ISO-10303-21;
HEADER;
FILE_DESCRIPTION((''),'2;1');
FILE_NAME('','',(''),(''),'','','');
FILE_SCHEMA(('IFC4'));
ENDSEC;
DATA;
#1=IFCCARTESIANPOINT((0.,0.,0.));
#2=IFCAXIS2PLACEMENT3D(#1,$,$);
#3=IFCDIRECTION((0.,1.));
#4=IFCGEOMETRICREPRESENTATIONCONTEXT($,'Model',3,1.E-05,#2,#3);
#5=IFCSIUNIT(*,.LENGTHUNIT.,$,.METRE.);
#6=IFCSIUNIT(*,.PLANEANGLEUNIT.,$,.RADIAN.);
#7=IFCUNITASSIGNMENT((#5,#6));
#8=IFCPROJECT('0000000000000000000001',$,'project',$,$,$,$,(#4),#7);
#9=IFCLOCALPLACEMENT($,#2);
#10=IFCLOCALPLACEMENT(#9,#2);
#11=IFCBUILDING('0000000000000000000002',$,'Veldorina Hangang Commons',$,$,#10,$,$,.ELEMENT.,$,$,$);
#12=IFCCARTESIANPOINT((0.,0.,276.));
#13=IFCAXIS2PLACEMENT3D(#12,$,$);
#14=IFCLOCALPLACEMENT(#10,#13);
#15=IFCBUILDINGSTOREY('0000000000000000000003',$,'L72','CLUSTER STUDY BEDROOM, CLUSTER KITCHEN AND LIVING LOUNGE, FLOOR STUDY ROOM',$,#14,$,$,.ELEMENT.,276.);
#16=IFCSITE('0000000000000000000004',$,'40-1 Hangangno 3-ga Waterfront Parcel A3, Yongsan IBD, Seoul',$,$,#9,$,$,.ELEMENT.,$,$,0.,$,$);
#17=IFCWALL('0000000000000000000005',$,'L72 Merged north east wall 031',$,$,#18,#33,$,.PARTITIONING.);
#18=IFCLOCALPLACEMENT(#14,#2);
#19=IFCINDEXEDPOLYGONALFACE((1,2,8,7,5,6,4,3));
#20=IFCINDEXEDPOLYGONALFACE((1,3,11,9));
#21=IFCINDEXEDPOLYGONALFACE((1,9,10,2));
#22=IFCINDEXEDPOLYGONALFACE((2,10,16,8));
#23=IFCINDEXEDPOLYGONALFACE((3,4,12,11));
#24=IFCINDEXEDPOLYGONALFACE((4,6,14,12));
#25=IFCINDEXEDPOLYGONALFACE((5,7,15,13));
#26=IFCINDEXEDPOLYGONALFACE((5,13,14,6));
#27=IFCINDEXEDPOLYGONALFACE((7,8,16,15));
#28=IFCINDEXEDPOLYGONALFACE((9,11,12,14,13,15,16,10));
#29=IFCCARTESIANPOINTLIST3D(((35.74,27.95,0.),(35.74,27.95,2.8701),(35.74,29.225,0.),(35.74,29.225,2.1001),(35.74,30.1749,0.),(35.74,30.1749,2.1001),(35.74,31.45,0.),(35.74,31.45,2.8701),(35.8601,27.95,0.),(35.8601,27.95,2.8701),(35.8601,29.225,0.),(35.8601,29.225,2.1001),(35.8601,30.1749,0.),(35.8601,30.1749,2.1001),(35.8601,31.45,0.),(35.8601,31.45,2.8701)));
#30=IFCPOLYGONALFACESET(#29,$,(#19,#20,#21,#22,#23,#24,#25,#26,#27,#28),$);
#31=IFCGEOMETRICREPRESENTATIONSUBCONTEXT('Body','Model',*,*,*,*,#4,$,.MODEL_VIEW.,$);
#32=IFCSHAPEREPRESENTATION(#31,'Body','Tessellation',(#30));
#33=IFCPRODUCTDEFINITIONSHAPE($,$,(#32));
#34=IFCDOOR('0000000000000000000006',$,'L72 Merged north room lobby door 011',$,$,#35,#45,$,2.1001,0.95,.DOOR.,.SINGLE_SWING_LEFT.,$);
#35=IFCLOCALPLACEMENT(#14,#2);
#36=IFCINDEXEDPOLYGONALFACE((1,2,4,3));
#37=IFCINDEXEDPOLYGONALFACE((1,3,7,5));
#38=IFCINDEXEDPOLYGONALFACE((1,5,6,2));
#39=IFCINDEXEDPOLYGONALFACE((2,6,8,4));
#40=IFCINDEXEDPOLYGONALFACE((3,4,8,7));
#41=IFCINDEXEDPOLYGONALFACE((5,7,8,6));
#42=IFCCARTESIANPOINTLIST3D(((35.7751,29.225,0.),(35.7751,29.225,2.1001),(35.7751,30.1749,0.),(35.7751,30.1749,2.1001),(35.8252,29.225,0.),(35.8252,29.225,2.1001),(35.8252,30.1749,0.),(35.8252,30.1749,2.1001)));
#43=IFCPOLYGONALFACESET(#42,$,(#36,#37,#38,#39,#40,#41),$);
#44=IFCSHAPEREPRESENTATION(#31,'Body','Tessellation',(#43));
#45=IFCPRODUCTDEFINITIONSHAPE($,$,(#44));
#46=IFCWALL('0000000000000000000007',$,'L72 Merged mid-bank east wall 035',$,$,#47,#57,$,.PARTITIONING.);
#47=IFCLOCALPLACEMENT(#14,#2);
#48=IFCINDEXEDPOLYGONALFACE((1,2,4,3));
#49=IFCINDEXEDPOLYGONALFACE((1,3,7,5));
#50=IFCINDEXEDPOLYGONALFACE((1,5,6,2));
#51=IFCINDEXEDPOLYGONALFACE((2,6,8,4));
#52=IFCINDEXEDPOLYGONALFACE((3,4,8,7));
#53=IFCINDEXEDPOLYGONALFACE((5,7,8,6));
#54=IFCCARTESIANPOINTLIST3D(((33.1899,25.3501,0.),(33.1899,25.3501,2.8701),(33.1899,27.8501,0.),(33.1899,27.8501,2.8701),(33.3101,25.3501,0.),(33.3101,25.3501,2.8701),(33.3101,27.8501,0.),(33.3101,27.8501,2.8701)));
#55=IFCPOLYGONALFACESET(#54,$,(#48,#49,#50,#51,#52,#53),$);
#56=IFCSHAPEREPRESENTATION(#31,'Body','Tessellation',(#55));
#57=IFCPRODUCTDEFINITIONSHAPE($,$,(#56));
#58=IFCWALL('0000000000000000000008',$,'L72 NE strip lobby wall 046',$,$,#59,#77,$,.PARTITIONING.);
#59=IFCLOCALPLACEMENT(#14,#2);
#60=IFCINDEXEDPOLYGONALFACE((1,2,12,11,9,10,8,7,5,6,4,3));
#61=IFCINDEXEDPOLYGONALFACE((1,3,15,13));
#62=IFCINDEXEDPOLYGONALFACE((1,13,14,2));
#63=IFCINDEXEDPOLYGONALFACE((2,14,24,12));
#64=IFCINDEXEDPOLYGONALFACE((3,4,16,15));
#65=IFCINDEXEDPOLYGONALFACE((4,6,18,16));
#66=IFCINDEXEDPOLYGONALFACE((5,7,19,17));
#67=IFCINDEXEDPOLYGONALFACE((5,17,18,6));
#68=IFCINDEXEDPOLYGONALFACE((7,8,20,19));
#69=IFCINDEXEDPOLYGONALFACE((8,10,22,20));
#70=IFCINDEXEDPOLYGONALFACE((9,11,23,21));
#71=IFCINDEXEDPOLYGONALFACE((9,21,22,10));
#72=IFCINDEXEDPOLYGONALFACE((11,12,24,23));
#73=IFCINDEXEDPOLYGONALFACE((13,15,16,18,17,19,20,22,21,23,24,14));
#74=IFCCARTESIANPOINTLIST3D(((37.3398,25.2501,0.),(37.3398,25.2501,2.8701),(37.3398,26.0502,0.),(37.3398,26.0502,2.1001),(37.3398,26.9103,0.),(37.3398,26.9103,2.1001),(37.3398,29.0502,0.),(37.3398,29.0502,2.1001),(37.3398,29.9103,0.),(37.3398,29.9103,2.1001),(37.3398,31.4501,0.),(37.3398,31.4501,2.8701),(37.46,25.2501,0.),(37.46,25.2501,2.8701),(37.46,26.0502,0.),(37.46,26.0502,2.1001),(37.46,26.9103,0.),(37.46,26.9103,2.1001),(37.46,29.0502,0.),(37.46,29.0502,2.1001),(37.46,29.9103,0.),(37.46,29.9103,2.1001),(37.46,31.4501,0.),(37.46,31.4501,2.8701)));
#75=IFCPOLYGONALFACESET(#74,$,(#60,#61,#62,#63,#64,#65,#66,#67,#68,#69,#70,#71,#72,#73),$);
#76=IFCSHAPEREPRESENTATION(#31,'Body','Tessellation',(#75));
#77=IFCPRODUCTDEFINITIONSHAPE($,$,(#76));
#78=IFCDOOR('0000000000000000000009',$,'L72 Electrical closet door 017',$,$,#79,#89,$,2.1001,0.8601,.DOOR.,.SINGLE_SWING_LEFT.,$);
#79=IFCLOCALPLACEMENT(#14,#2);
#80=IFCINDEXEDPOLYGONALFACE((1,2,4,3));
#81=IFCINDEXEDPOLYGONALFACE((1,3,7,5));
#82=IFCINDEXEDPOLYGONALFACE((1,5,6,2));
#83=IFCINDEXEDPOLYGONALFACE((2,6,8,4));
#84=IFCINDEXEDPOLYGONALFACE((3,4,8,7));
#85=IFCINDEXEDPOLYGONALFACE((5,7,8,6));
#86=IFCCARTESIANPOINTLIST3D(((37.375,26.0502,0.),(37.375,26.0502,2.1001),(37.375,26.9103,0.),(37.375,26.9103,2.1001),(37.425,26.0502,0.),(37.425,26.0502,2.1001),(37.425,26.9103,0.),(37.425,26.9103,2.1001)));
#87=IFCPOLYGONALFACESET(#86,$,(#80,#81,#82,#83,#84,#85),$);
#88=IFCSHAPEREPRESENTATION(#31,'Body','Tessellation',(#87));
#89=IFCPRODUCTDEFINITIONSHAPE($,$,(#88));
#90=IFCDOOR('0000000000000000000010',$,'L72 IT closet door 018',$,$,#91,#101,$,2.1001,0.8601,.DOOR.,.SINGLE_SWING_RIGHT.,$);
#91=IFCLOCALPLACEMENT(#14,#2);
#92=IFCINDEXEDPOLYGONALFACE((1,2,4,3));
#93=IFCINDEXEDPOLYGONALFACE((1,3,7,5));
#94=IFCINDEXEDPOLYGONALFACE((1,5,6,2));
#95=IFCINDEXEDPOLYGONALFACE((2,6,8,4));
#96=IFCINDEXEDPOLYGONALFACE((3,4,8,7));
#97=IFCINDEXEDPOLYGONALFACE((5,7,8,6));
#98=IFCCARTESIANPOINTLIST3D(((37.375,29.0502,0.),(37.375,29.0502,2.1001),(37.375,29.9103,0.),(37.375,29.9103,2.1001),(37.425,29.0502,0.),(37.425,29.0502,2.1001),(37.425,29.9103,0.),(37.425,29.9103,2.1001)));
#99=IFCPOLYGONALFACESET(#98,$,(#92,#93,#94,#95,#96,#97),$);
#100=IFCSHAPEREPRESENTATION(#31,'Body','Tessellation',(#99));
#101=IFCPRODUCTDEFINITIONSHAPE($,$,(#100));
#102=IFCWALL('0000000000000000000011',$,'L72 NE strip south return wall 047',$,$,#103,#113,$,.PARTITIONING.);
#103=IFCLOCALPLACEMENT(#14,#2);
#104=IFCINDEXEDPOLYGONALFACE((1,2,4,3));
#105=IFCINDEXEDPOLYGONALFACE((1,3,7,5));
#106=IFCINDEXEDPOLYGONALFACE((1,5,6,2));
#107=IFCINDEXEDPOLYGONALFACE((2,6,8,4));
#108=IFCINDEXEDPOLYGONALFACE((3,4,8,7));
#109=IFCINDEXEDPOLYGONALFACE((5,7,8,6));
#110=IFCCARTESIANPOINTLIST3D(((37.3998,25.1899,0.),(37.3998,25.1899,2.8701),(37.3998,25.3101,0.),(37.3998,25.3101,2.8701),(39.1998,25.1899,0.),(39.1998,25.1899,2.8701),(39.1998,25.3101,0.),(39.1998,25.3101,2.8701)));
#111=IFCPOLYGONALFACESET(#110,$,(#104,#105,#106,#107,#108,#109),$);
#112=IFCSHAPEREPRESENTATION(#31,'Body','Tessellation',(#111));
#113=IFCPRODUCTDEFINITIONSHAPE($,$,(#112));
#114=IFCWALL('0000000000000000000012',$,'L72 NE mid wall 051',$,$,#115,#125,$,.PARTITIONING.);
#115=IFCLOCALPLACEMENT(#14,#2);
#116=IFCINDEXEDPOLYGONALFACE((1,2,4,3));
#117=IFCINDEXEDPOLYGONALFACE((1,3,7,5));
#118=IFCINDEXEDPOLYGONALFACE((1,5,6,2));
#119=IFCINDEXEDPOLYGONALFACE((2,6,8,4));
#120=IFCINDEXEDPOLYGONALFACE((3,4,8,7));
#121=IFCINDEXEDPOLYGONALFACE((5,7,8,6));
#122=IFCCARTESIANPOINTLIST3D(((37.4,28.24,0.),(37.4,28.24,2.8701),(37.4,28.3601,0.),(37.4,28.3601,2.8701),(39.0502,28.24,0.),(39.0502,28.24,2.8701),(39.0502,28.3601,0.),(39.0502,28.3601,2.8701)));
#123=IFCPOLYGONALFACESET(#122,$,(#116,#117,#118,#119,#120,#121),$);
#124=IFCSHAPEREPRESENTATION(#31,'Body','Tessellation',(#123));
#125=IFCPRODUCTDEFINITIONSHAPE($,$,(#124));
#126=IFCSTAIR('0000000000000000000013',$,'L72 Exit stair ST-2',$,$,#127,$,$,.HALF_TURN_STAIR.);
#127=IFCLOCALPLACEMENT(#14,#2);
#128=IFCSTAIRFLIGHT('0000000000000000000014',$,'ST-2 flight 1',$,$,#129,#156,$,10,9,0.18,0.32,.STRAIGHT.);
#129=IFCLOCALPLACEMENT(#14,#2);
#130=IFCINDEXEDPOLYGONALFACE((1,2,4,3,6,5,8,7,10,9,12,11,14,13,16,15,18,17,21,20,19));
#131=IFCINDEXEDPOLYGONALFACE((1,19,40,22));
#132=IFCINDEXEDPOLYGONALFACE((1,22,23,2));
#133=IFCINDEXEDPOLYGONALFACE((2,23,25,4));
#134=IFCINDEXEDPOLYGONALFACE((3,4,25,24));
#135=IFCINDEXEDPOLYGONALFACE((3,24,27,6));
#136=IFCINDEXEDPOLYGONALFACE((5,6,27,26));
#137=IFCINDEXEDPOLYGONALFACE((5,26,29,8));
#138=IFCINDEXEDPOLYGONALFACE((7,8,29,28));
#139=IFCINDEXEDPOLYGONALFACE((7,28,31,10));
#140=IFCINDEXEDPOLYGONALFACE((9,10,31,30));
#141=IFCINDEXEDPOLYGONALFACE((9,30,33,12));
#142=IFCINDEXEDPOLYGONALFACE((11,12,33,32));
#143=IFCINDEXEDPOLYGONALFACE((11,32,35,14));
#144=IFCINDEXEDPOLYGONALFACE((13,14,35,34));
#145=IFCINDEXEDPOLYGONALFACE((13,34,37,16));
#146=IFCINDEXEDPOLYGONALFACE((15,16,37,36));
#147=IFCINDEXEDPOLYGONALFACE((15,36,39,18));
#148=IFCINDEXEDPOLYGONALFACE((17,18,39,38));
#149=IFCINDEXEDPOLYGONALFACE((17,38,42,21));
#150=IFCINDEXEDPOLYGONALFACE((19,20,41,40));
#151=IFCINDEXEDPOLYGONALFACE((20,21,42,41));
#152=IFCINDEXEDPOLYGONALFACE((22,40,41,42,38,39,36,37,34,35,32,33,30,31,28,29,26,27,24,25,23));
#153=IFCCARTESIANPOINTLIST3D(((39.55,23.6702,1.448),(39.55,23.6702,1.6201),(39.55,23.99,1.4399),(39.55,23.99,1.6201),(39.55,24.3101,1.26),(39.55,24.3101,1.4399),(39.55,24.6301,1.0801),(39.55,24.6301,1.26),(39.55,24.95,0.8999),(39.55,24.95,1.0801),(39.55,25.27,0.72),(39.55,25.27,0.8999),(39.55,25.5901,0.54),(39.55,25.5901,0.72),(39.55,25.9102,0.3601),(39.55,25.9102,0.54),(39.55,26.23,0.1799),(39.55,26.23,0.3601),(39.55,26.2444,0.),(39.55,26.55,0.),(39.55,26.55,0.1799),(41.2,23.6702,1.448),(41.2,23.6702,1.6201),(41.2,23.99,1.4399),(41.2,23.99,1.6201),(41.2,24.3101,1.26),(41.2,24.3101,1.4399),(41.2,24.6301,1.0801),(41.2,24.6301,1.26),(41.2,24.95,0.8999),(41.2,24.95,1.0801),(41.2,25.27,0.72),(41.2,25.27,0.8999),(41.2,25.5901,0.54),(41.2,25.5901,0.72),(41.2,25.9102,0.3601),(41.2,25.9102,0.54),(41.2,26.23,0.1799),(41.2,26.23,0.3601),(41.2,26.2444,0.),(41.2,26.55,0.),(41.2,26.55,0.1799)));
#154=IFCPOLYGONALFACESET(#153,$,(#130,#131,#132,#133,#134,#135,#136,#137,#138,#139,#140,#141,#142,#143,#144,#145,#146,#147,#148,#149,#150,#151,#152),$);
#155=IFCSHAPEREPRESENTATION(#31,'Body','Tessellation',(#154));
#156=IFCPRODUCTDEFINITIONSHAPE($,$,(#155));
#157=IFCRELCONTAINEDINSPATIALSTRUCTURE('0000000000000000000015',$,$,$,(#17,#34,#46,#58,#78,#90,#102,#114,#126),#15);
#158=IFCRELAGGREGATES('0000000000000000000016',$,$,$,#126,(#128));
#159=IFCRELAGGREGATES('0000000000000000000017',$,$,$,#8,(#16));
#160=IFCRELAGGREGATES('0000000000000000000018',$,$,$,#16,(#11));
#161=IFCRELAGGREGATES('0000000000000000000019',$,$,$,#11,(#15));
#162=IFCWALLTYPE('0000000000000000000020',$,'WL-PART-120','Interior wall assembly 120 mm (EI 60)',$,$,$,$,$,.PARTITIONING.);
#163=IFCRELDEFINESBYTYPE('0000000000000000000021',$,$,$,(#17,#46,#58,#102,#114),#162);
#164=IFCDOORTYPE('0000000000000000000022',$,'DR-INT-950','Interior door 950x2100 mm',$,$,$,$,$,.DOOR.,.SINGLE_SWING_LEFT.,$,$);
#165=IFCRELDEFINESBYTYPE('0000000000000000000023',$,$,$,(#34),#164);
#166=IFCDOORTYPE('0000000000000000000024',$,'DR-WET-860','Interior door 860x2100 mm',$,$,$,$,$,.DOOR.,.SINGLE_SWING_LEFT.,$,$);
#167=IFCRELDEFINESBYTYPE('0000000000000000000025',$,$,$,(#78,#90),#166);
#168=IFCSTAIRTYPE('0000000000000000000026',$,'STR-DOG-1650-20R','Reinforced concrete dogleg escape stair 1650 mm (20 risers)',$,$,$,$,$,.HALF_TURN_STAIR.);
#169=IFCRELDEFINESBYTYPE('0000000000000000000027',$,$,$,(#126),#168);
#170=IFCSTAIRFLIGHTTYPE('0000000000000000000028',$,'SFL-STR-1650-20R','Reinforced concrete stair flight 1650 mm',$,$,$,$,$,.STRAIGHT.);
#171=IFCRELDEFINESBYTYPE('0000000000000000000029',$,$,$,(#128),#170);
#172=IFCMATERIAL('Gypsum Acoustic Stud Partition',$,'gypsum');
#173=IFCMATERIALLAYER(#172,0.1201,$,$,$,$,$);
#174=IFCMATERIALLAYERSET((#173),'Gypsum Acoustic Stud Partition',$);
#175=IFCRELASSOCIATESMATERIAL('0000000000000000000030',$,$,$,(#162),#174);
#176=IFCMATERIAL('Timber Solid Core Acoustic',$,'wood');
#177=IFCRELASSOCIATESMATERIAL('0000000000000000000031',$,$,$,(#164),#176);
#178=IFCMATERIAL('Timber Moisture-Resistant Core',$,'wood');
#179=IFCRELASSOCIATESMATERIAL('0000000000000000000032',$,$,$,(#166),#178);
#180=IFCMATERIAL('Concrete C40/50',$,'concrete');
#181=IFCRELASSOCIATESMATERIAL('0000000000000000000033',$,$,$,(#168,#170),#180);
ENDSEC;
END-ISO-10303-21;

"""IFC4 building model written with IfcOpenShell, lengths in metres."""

from ifc_helpers import new_model, si_unit, direction, frame, frame_2d, origin, place, context, subcontext, project, spatial, polyline, rectangle, outline, extrude, material, layer, layer_set, type_object, element, fill, aggregate, save


model = new_model("IFC4")

# Units and contexts
model_context = context("Model", 3, precision=1e-05, world=origin(), true_north=direction((0.0, 1.0)))
body_context = subcontext(model_context, "Body", "Model", "MODEL_VIEW")
ifc_project = project(units=[si_unit("LENGTHUNIT", "METRE"), si_unit("PLANEANGLEUNIT", "RADIAN")], contexts=[model_context])

# Site, building, storey
site_placement = place(None, origin())
site = spatial("IfcSite", under=ifc_project, at=site_placement, Name="40-1 Hangangno 3-ga Waterfront Parcel A3, Yongsan IBD, Seoul", CompositionType="ELEMENT", RefElevation=0.0)
building_placement = place(site_placement, origin())
building = spatial("IfcBuilding", under=site, at=building_placement, Name="Veldorina Hangang Commons", CompositionType="ELEMENT")
storey_placement = place(building_placement, frame((0.0, 0.0, 276.0)))
storey = spatial("IfcBuildingStorey", under=building, at=storey_placement, Name="L72", Description="CLUSTER STUDY BEDROOM, CLUSTER KITCHEN AND LIVING LOUNGE, FLOOR STUDY ROOM", CompositionType="ELEMENT", Elevation=276.0)

# Wall, opening, door
ifc_material_1 = material(Name="Gypsum Acoustic Stud Partition", Category="gypsum")
ifc_layer_1 = layer(ifc_material_1, 0.1201)
ifc_layer_set_1 = layer_set([ifc_layer_1], Name="Gypsum Acoustic Stud Partition")
wall_type_1 = type_object("IfcWallType", Name="WL-PART-120", Description="Interior wall assembly 120 mm (EI 60)", PredefinedType="PARTITIONING", material=ifc_layer_set_1)
wall_1_placement = place(storey_placement, frame((35.8, 27.95, 0.0), z_axis=(0.0, 0.0, 1.0), x_axis=(0.0, 1.0, 0.0)))
wall_1 = element("IfcWall", 1, at=wall_1_placement, inside=storey, type_object=wall_type_1, Name="L72 Merged north east wall 031", PredefinedType="PARTITIONING", context=body_context, shape_type="SweptSolid", body=[
    extrude(rectangle(XDim=3.5, YDim=0.1201, at=frame_2d((1.75, 0.0))), origin(), (0.0, 0.0, 1.0), 2.8701),
])
opening_1_placement = place(wall_1_placement, frame((1.2749, 0.0, 0.0)))
opening_1 = element("IfcOpeningElement", 2, at=opening_1_placement, cuts=wall_1, PredefinedType="OPENING", context=body_context, shape_type="SweptSolid", body=[
    extrude(rectangle(XDim=0.95, YDim=2.1001, at=frame_2d((0.4751, 1.05))), frame((0.0, 0.0701, 0.0), z_axis=(0.0, -1.0, 0.0), x_axis=(1.0, 0.0, 0.0)), (0.0, 0.0, 1.0), 0.1401),
])
ifc_material_2 = material(Name="Timber Solid Core Acoustic", Category="wood")
door_type_1 = type_object("IfcDoorType", Name="DR-INT-950", Description="Interior door 950x2100 mm", OperationType="SINGLE_SWING_LEFT", PredefinedType="DOOR", material=ifc_material_2)
door_1_placement = place(opening_1_placement, origin())
door_1 = element("IfcDoor", 3, at=door_1_placement, inside=storey, type_object=door_type_1, Name="L72 Merged north room lobby door 011", OperationType="SINGLE_SWING_LEFT", OverallHeight=2.1001, OverallWidth=0.95, PredefinedType="DOOR", context=body_context, shape_type="SweptSolid", body=[
    extrude(rectangle(XDim=0.95, YDim=2.1001, at=frame_2d((0.4751, 1.05))), frame((0.0, 0.0249, 0.0), z_axis=(0.0, -1.0, 0.0), x_axis=(1.0, 0.0, 0.0)), (0.0, 0.0, 1.0), 0.05),
])
fill(opening_1, door_1)

# Wall
wall_2_placement = place(storey_placement, frame((33.25, 25.3501, 0.0), z_axis=(0.0, 0.0, 1.0), x_axis=(0.0, 1.0, 0.0)))
element("IfcWall", 4, at=wall_2_placement, inside=storey, type_object=wall_type_1, Name="L72 Merged mid-bank east wall 035", PredefinedType="PARTITIONING", context=body_context, shape_type="SweptSolid", body=[
    extrude(rectangle(XDim=2.5, YDim=0.1201, at=frame_2d((1.25, 0.0))), origin(), (0.0, 0.0, 1.0), 2.8701),
])

# Wall, openings, doors
wall_3_placement = place(storey_placement, frame((37.3999, 25.25, 0.0), z_axis=(0.0, 0.0, 1.0), x_axis=(0.0, 1.0, 0.0)))
wall_3 = element("IfcWall", 5, at=wall_3_placement, inside=storey, type_object=wall_type_1, Name="L72 NE strip lobby wall 046", PredefinedType="PARTITIONING", context=body_context, shape_type="SweptSolid", body=[
    extrude(rectangle(XDim=6.2, YDim=0.1201, at=frame_2d((3.1001, 0.0))), origin(), (0.0, 0.0, 1.0), 2.8701),
])
opening_2_placement = place(wall_3_placement, frame((0.8, 0.0, 0.0)))
opening_2 = element("IfcOpeningElement", 6, at=opening_2_placement, cuts=wall_3, PredefinedType="OPENING", context=body_context, shape_type="SweptSolid", body=[
    extrude(rectangle(XDim=0.8601, YDim=2.1001, at=frame_2d((0.4302, 1.05))), frame((0.0, 0.0701, 0.0), z_axis=(0.0, -1.0, 0.0), x_axis=(1.0, 0.0, 0.0)), (0.0, 0.0, 1.0), 0.1401),
])
opening_3_placement = place(wall_3_placement, frame((3.8, 0.0, 0.0)))
opening_3 = element("IfcOpeningElement", 7, at=opening_3_placement, cuts=wall_3, PredefinedType="OPENING", context=body_context, shape_type="SweptSolid", body=[
    extrude(rectangle(XDim=0.8601, YDim=2.1001, at=frame_2d((0.4302, 1.05))), frame((0.0, 0.0701, 0.0), z_axis=(0.0, -1.0, 0.0), x_axis=(1.0, 0.0, 0.0)), (0.0, 0.0, 1.0), 0.1401),
])
ifc_material_3 = material(Name="Timber Moisture-Resistant Core", Category="wood")
door_type_2 = type_object("IfcDoorType", Name="DR-WET-860", Description="Interior door 860x2100 mm", OperationType="SINGLE_SWING_LEFT", PredefinedType="DOOR", material=ifc_material_3)
door_2_placement = place(opening_2_placement, origin())
door_2 = element("IfcDoor", 8, at=door_2_placement, inside=storey, type_object=door_type_2, Name="L72 Electrical closet door 017", OperationType="SINGLE_SWING_LEFT", OverallHeight=2.1001, OverallWidth=0.8601, PredefinedType="DOOR", context=body_context, shape_type="SweptSolid", body=[
    extrude(rectangle(XDim=0.8601, YDim=2.1001, at=frame_2d((0.4302, 1.05))), frame((0.0, 0.0249, 0.0), z_axis=(0.0, -1.0, 0.0), x_axis=(1.0, 0.0, 0.0)), (0.0, 0.0, 1.0), 0.05),
])
fill(opening_2, door_2)
door_3_placement = place(opening_3_placement, origin())
door_3 = element("IfcDoor", 9, at=door_3_placement, inside=storey, type_object=door_type_2, Name="L72 IT closet door 018", OperationType="SINGLE_SWING_RIGHT", OverallHeight=2.1001, OverallWidth=0.8601, PredefinedType="DOOR", context=body_context, shape_type="SweptSolid", body=[
    extrude(rectangle(XDim=0.8601, YDim=2.1001, at=frame_2d((0.4302, 1.05))), frame((0.0, 0.0249, 0.0), z_axis=(0.0, -1.0, 0.0), x_axis=(1.0, 0.0, 0.0)), (0.0, 0.0, 1.0), 0.05),
])
fill(opening_3, door_3)

# Walls
wall_4_placement = place(storey_placement, frame((37.3999, 25.25, 0.0), z_axis=(0.0, 0.0, 1.0), x_axis=(1.0, 0.0, 0.0)))
element("IfcWall", 10, at=wall_4_placement, inside=storey, type_object=wall_type_1, Name="L72 NE strip south return wall 047", PredefinedType="PARTITIONING", context=body_context, shape_type="SweptSolid", body=[
    extrude(rectangle(XDim=1.8, YDim=0.1201, at=frame_2d((0.8999, 0.0))), origin(), (0.0, 0.0, 1.0), 2.8701),
])
wall_5_placement = place(storey_placement, frame((37.3999, 28.3, 0.0), z_axis=(0.0, 0.0, 1.0), x_axis=(1.0, 0.0, 0.0)))
element("IfcWall", 11, at=wall_5_placement, inside=storey, type_object=wall_type_1, Name="L72 NE mid wall 051", PredefinedType="PARTITIONING", context=body_context, shape_type="SweptSolid", body=[
    extrude(rectangle(XDim=1.6501, YDim=0.1201, at=frame_2d((0.8252, 0.0))), origin(), (0.0, 0.0, 1.0), 2.8701),
])

# Stair, stair flight
ifc_material_4 = material(Name="Concrete C40/50", Category="concrete")
stair_type = type_object("IfcStairType", Name="STR-DOG-1650-20R", Description="Reinforced concrete dogleg escape stair 1650 mm (20 risers)", PredefinedType="HALF_TURN_STAIR", material=ifc_material_4)
stair_placement = place(storey_placement, origin())
stair = element("IfcStair", 12, at=stair_placement, inside=storey, type_object=stair_type, Name="L72 Exit stair ST-2", PredefinedType="HALF_TURN_STAIR")
stair_flight_type = type_object("IfcStairFlightType", Name="SFL-STR-1650-20R", Description="Reinforced concrete stair flight 1650 mm", PredefinedType="STRAIGHT", material=ifc_material_4)
stair_flight_placement = place(storey_placement, frame((40.375, 26.55, 0.0), z_axis=(0.0, 0.0, 1.0), x_axis=(0.0, -1.0, 0.0)))
stair_flight = element("IfcStairFlight", 13, at=stair_flight_placement, type_object=stair_flight_type, Name="ST-2 flight 1", NumberOfRisers=10, NumberOfTreads=9, PredefinedType="STRAIGHT", RiserHeight=0.18, TreadLength=0.32, context=body_context, shape_type="SweptSolid", body=[
    extrude(outline(polyline([(0.0, 0.0), (0.0, 0.1799), (0.3201, 0.1799), (0.3201, 0.3601), (0.6399, 0.3601), (0.6399, 0.54), (0.96, 0.54), (0.96, 0.72), (1.28, 0.72), (1.28, 0.8999), (1.6001, 0.8999), (1.6001, 1.0801), (1.9199, 1.0801), (1.9199, 1.26), (2.24, 1.26), (2.24, 1.4399), (2.5601, 1.4399), (2.5601, 1.6201), (2.8799, 1.6201), (2.8799, 1.8), (2.8799, 1.448), (0.3057, 0.0), (0.0, 0.0)])), frame((0.0, 0.825, 0.0), z_axis=(0.0, -1.0, 0.0), x_axis=(1.0, 0.0, 0.0)), (0.0, 0.0, 1.0), 1.6499),
])
aggregate(stair, [stair_flight])

save(model, "model.ifc")
